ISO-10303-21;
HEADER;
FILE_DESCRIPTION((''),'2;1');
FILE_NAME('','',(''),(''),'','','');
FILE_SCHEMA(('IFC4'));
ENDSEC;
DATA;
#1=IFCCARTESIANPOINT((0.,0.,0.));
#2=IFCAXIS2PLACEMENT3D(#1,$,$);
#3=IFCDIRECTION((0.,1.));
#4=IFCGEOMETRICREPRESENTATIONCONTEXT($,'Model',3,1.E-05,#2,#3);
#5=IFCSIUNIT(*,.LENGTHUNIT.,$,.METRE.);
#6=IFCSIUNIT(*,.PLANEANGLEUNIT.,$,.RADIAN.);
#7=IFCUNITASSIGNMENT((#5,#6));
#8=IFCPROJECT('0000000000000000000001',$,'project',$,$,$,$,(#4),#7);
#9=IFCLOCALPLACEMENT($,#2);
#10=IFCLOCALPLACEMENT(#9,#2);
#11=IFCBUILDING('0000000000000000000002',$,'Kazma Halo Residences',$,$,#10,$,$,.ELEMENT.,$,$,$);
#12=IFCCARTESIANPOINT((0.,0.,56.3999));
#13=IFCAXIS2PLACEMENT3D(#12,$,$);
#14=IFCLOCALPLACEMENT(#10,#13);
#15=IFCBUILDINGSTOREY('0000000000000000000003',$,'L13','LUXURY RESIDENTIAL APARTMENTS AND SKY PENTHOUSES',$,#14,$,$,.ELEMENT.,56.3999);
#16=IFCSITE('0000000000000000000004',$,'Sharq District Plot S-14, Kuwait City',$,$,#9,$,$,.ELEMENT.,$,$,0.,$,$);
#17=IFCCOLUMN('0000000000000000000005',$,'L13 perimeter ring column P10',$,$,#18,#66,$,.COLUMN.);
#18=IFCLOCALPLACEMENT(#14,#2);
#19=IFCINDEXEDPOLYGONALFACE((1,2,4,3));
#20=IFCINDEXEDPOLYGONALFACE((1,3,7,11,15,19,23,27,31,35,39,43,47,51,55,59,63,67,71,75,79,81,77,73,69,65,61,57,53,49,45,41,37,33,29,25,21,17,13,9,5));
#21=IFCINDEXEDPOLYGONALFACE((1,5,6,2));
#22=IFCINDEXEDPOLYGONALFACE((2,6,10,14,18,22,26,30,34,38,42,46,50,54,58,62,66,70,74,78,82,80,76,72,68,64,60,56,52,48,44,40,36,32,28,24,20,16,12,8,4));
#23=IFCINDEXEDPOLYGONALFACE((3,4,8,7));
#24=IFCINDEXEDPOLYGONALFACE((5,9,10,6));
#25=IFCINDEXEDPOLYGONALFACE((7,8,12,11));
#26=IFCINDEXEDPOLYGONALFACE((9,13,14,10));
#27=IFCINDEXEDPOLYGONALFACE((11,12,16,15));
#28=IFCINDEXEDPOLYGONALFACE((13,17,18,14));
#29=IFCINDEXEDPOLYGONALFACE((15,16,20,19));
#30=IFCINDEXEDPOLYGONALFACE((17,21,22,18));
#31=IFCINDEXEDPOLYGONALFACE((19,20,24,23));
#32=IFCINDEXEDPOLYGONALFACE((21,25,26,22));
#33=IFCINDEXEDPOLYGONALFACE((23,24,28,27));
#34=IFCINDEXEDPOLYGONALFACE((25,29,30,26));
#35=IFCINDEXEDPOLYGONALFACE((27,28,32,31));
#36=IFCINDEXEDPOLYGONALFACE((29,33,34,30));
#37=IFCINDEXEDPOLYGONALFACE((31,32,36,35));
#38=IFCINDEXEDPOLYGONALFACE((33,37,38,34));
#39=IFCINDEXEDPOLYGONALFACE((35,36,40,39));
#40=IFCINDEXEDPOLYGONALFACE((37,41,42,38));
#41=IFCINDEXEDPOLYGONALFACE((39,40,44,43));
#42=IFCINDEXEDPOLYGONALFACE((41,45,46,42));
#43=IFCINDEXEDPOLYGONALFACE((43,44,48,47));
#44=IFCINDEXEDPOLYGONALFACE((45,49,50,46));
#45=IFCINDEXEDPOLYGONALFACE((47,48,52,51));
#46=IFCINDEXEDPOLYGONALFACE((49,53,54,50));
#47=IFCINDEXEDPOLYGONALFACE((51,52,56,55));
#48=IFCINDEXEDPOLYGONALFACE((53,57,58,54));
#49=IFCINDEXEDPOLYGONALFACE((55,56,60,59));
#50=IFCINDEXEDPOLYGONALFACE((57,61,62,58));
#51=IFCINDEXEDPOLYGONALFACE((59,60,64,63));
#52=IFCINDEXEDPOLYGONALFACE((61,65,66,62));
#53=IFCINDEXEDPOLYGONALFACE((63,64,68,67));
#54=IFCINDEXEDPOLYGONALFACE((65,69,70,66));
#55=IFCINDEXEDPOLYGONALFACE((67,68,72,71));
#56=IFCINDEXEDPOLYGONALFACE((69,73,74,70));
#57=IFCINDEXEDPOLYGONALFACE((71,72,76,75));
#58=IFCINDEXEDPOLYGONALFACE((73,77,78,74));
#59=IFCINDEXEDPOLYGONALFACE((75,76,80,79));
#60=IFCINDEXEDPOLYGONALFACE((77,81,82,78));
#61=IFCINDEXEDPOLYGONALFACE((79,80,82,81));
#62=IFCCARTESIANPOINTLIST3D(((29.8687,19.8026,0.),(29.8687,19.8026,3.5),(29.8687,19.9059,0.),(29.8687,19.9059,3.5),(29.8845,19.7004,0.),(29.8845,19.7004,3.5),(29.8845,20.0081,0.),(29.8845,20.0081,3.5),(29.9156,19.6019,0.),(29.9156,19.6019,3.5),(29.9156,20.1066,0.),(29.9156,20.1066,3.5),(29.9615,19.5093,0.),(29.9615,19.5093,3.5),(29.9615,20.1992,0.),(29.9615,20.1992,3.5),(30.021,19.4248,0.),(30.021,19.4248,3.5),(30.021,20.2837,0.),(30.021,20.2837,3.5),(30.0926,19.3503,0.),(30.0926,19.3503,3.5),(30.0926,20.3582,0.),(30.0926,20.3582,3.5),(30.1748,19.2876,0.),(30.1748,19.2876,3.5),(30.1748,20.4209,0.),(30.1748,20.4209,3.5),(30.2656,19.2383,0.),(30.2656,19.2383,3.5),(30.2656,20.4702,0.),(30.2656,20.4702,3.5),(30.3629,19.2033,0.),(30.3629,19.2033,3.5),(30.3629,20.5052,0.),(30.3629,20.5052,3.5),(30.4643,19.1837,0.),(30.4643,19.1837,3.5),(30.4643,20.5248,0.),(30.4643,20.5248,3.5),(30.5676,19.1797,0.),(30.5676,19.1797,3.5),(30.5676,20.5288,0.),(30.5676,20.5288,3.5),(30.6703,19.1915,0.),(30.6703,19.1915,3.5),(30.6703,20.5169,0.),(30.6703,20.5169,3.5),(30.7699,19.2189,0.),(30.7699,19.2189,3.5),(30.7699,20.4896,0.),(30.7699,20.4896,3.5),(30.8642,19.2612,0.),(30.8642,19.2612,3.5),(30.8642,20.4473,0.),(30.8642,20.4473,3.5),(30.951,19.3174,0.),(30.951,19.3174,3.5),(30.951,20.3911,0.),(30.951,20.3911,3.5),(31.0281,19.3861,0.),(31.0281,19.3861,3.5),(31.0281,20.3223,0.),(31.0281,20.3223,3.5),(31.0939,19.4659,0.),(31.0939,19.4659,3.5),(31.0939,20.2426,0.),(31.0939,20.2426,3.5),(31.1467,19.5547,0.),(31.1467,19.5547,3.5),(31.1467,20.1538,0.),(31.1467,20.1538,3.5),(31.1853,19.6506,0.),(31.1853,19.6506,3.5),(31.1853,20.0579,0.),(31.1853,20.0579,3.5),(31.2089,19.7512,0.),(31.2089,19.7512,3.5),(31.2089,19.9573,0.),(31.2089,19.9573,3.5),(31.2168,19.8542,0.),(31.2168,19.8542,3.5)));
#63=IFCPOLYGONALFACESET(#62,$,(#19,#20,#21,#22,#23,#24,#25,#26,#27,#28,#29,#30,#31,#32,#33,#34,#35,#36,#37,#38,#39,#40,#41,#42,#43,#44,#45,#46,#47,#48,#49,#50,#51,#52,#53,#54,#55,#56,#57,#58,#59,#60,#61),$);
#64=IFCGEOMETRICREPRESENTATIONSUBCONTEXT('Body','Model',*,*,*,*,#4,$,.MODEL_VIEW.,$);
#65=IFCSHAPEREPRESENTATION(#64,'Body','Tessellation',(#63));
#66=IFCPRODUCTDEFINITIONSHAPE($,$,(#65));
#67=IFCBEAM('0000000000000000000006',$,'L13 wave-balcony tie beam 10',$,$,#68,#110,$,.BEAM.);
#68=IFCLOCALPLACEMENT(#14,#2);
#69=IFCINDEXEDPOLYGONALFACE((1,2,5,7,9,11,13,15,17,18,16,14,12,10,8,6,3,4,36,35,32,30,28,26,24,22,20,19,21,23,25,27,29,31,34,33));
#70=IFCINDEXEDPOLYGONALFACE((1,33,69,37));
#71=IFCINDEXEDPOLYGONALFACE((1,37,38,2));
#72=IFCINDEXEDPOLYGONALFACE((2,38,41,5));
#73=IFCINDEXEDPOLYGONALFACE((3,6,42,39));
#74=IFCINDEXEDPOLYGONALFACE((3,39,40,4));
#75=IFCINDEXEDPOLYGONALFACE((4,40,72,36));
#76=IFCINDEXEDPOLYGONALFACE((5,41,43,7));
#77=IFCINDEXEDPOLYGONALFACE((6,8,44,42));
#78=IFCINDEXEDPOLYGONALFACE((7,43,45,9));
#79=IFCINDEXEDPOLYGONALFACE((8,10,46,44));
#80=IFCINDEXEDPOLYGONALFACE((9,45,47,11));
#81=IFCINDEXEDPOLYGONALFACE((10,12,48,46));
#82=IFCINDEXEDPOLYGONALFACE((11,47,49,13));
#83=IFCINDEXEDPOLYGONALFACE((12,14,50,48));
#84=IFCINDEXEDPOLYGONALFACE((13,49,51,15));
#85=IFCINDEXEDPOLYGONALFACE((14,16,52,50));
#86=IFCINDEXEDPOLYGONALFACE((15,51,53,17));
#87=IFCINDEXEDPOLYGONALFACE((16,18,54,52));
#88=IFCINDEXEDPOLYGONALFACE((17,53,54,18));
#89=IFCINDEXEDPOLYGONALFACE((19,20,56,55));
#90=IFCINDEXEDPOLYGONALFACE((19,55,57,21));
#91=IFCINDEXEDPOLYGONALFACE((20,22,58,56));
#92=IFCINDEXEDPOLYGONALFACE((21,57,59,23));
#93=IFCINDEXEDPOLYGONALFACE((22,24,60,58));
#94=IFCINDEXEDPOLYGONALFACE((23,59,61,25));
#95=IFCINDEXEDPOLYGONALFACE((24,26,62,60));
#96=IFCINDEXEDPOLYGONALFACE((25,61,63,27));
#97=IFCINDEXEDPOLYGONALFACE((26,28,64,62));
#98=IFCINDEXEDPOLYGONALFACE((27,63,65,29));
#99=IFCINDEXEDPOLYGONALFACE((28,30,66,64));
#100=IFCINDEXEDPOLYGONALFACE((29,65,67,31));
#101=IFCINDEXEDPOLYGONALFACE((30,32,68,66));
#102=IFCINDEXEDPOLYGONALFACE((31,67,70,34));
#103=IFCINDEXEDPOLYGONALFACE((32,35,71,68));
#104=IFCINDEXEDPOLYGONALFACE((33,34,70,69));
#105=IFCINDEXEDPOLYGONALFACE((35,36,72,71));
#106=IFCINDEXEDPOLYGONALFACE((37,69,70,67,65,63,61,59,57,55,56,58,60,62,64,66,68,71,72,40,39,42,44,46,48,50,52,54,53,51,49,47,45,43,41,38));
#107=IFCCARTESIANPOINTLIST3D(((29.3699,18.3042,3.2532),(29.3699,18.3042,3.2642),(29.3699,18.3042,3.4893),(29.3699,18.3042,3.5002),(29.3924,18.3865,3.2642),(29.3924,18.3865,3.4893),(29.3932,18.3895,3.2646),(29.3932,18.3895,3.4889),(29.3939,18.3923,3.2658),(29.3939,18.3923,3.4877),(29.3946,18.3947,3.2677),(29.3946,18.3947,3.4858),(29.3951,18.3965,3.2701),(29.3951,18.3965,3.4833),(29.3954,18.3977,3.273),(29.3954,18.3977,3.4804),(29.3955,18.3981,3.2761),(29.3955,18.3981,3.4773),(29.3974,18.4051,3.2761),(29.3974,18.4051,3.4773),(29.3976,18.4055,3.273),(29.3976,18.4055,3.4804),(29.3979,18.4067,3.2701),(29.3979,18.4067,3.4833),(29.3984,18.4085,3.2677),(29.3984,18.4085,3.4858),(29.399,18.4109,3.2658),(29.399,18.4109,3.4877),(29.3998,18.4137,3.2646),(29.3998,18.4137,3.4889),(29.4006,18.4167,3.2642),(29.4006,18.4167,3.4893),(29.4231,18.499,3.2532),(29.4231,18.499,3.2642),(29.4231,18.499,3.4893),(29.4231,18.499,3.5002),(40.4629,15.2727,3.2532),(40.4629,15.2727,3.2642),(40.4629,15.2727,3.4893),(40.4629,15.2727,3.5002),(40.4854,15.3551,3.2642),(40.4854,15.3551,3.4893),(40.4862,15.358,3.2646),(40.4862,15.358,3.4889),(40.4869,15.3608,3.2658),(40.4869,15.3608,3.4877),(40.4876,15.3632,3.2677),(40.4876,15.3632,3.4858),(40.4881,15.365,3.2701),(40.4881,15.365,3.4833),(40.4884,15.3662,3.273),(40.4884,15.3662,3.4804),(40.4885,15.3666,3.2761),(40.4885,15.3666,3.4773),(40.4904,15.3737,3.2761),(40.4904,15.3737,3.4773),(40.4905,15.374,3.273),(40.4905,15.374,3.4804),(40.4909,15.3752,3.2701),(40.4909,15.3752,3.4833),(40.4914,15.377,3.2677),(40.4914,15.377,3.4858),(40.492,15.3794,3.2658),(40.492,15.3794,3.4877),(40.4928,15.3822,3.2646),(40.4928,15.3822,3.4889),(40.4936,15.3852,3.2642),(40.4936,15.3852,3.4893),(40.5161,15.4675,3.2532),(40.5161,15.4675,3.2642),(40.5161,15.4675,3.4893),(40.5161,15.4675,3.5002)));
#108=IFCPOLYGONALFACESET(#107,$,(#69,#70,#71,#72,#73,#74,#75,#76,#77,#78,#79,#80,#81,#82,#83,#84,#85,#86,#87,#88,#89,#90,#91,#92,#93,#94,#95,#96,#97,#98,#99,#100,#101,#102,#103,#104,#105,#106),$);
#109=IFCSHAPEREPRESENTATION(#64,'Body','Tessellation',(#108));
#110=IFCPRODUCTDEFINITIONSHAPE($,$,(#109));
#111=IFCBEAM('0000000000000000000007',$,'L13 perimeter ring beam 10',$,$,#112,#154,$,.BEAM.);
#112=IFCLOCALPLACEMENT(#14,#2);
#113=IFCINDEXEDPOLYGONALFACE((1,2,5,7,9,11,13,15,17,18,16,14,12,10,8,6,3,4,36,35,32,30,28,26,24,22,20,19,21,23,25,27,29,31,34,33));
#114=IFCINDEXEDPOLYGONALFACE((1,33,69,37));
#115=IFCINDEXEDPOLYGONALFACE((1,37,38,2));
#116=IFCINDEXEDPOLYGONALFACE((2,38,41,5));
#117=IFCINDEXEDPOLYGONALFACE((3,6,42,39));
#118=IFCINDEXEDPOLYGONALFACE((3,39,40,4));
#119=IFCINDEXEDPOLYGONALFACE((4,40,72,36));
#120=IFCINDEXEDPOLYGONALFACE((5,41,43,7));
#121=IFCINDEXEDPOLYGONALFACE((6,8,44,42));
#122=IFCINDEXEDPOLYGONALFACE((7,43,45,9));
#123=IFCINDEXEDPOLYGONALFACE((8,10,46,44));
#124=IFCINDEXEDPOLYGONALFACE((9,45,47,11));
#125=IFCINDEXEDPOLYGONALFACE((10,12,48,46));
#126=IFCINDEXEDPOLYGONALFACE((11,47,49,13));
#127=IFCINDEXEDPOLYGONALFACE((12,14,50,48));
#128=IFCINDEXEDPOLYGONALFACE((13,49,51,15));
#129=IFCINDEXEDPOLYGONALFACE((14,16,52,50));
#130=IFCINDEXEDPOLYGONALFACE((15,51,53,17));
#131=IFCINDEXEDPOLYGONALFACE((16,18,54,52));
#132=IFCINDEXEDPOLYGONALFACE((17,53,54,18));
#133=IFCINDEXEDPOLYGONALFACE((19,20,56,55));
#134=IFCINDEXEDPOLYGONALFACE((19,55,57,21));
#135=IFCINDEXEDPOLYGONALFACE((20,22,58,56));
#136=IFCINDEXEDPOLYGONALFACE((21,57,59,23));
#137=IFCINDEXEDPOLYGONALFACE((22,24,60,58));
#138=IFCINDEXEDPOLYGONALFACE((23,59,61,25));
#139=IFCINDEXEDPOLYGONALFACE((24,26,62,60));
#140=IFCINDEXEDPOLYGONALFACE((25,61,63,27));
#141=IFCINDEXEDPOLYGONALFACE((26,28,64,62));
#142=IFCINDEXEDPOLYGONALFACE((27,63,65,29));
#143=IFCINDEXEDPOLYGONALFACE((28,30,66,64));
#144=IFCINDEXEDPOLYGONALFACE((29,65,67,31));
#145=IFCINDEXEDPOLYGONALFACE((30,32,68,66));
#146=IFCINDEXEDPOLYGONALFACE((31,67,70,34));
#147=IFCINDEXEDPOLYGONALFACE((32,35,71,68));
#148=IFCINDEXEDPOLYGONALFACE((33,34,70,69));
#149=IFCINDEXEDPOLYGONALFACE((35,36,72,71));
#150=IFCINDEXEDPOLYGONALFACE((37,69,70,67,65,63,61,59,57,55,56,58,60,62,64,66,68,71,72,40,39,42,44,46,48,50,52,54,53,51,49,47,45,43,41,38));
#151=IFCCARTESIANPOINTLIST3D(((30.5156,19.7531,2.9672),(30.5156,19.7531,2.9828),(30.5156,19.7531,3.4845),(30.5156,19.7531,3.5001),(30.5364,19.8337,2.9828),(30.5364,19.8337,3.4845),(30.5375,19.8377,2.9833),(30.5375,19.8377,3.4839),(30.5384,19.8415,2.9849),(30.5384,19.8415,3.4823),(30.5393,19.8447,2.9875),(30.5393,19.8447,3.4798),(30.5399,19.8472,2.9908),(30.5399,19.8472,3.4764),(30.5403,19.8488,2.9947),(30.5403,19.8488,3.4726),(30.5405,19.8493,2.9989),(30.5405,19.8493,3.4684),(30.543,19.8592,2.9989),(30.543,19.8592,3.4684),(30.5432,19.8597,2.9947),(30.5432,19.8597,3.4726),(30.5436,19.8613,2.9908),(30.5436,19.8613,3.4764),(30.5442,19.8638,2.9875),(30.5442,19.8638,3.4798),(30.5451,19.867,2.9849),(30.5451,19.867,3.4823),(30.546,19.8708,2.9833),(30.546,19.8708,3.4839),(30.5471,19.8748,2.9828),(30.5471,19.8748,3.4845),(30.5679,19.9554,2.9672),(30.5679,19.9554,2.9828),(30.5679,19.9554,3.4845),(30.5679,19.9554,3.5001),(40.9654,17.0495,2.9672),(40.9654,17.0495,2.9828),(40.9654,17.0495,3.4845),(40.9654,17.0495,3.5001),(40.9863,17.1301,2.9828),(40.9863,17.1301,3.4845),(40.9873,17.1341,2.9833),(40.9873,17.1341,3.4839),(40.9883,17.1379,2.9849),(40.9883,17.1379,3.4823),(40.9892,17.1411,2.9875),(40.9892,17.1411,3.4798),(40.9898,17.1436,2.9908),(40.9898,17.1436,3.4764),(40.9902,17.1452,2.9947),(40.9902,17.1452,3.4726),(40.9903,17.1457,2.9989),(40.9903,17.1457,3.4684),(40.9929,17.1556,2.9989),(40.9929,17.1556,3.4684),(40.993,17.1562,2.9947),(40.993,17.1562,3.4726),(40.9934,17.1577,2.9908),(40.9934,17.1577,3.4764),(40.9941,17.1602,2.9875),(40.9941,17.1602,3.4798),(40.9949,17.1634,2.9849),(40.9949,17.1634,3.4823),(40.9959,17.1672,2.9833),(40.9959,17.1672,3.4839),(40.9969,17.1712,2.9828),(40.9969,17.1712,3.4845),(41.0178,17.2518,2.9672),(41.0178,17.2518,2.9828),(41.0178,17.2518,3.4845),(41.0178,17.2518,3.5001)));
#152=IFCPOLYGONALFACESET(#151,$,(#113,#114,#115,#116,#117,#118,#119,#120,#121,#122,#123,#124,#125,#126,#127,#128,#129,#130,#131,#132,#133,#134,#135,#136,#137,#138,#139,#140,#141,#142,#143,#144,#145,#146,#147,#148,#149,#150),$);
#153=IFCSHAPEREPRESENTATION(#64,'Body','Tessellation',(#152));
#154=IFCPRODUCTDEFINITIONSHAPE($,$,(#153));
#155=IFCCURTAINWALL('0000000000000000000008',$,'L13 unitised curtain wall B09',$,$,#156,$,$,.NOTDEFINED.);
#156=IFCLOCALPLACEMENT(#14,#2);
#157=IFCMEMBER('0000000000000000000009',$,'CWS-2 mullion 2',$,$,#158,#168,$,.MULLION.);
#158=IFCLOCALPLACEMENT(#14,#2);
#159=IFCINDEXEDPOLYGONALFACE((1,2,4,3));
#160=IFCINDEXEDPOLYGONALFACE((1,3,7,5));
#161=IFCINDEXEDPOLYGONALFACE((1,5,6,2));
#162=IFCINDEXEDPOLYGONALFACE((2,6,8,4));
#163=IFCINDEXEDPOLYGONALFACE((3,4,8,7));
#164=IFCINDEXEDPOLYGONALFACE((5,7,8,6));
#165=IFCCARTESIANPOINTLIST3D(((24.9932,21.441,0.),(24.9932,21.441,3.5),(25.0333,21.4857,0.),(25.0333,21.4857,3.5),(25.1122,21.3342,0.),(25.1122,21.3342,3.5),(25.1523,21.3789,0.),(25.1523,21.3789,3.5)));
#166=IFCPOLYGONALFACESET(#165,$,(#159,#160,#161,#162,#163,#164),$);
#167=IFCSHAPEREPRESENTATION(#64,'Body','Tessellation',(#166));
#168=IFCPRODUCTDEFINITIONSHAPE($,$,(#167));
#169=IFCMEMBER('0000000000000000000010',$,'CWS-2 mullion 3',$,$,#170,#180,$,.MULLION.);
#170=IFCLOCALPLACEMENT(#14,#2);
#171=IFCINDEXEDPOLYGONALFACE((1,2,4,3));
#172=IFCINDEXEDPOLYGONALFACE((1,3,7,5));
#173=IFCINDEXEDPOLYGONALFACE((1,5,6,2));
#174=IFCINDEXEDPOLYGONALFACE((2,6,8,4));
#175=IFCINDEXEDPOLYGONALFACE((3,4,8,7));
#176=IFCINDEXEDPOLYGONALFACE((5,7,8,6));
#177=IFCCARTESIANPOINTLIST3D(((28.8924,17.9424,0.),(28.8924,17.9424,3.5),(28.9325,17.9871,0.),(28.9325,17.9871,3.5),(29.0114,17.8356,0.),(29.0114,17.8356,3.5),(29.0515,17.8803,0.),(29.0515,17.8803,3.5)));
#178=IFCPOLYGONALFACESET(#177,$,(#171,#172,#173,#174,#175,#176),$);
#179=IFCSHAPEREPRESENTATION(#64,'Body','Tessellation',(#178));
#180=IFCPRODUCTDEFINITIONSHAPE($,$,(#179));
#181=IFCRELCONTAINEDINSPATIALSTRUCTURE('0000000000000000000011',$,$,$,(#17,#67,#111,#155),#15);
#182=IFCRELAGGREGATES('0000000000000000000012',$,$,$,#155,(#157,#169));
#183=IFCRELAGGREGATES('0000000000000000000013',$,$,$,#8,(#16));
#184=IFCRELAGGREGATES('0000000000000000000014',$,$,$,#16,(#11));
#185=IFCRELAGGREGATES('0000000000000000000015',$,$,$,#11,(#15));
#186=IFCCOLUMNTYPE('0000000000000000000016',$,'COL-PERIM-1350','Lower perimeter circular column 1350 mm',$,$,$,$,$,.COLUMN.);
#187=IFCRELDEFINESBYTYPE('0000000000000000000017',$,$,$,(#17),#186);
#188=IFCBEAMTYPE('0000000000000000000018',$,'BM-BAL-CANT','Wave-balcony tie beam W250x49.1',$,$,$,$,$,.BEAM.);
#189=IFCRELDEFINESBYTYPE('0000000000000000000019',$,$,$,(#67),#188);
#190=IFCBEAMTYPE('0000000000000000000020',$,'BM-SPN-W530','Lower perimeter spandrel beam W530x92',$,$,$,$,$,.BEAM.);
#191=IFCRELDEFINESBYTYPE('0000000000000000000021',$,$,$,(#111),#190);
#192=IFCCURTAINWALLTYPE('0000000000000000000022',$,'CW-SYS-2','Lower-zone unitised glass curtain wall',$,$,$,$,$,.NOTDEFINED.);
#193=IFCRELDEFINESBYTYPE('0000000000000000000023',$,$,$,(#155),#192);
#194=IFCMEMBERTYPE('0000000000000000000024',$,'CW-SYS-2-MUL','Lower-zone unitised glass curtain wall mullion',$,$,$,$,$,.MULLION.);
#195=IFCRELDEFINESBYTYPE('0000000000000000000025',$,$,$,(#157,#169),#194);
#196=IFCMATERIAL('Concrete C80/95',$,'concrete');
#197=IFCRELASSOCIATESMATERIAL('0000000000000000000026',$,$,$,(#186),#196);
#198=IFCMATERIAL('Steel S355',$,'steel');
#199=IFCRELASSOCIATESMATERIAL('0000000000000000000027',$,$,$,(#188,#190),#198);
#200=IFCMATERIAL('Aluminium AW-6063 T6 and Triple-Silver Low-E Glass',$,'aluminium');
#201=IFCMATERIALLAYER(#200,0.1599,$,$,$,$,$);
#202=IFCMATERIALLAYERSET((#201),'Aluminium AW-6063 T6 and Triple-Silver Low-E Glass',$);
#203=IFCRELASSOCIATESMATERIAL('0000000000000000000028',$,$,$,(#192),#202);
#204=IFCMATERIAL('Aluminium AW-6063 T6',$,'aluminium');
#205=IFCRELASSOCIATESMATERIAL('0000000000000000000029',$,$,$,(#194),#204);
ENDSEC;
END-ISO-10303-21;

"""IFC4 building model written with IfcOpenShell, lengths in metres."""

from ifc_helpers import new_model, si_unit, direction, frame, origin, origin_2d, place, context, subcontext, project, spatial, rectangle, circle, i_section, extrude, material, layer, layer_set, material_profile, profile_set, type_object, element, aggregate, save


model = new_model("IFC4")

# Units and contexts
model_context = context("Model", 3, precision=1e-05, world=origin(), true_north=direction((0.0, 1.0)))
body_context = subcontext(model_context, "Body", "Model", "MODEL_VIEW")
ifc_project = project(units=[si_unit("LENGTHUNIT", "METRE"), si_unit("PLANEANGLEUNIT", "RADIAN")], contexts=[model_context])

# Site, building, storey
site_placement = place(None, origin())
site = spatial("IfcSite", under=ifc_project, at=site_placement, Name="Sharq District Plot S-14, Kuwait City", CompositionType="ELEMENT", RefElevation=0.0)
building_placement = place(site_placement, origin())
building = spatial("IfcBuilding", under=site, at=building_placement, Name="Kazma Halo Residences", CompositionType="ELEMENT")
storey_placement = place(building_placement, frame((0.0, 0.0, 56.3999)))
storey = spatial("IfcBuildingStorey", under=building, at=storey_placement, Name="L13", Description="LUXURY RESIDENTIAL APARTMENTS AND SKY PENTHOUSES", CompositionType="ELEMENT", Elevation=56.3999)

# Column
ifc_material_1 = material(Name="Concrete C80/95", Category="concrete")
ifc_material_profile_1 = material_profile(ifc_material_1, circle(Radius=0.675, at=origin_2d()), Name="CIRC1350")
ifc_profile_set_1 = profile_set([ifc_material_profile_1], Name="Concrete C80/95")
column_type = type_object("IfcColumnType", Name="COL-PERIM-1350", Description="Lower perimeter circular column 1350 mm", PredefinedType="COLUMN", material=ifc_profile_set_1)
column_placement = place(storey_placement, frame((30.5417, 19.8542, 0.0), z_axis=(0.0, 0.0, 1.0), x_axis=(1.0, 0.0, 0.0)))
element("IfcColumn", 1, at=column_placement, inside=storey, type_object=column_type, Name="L13 perimeter ring column P10", PredefinedType="COLUMN", context=body_context, shape_type="SweptSolid", body=[
    extrude(circle(Radius=0.675, at=origin_2d()), origin(), (0.0, 0.0, 1.0), 3.5),
])

# Beams
ifc_material_2 = material(Name="Steel S355", Category="steel")
ifc_material_profile_2 = material_profile(ifc_material_2, i_section(OverallWidth=0.2019, OverallDepth=0.2471, WebThickness=0.0073, FlangeThickness=0.011, FilletRadius=0.012, at=origin_2d()), Name="W250x49.1")
ifc_profile_set_2 = profile_set([ifc_material_profile_2], Name="Steel S355")
beam_type_1 = type_object("IfcBeamType", Name="BM-BAL-CANT", Description="Wave-balcony tie beam W250x49.1", PredefinedType="BEAM", material=ifc_profile_set_2)
beam_1_placement = place(storey_placement, frame((29.3965, 18.4016, 3.3767), z_axis=(0.964628, -0.263613, 0.0), x_axis=(0.263613, 0.964628, 0.0)))
element("IfcBeam", 2, at=beam_1_placement, inside=storey, type_object=beam_type_1, Name="L13 wave-balcony tie beam 10", PredefinedType="BEAM", context=body_context, shape_type="SweptSolid", body=[
    extrude(i_section(OverallWidth=0.2019, OverallDepth=0.2471, WebThickness=0.0073, FlangeThickness=0.011, FilletRadius=0.012, at=origin_2d()), origin(), (0.0, 0.0, 1.0), 11.4998),
])
ifc_material_profile_3 = material_profile(ifc_material_2, i_section(OverallWidth=0.209, OverallDepth=0.533, WebThickness=0.0103, FlangeThickness=0.0156, FilletRadius=0.0161, at=origin_2d()), Name="W530x92")
ifc_profile_set_3 = profile_set([ifc_material_profile_3], Name="Steel S355")
beam_type_2 = type_object("IfcBeamType", Name="BM-SPN-W530", Description="Lower perimeter spandrel beam W530x92", PredefinedType="BEAM", material=ifc_profile_set_3)
beam_2_placement = place(storey_placement, frame((30.5417, 19.8542, 3.2336), z_axis=(0.968124, -0.250473, 0.0), x_axis=(0.250473, 0.968124, 0.0)))
element("IfcBeam", 3, at=beam_2_placement, inside=storey, type_object=beam_type_2, Name="L13 perimeter ring beam 10", PredefinedType="BEAM", context=body_context, shape_type="SweptSolid", body=[
    extrude(i_section(OverallWidth=0.209, OverallDepth=0.533, WebThickness=0.0103, FlangeThickness=0.0156, FilletRadius=0.0161, at=origin_2d()), origin(), (0.0, 0.0, 1.0), 10.7939),
])

# Curtain wall, members
ifc_material_3 = material(Name="Aluminium AW-6063 T6 and Triple-Silver Low-E Glass", Category="aluminium")
ifc_layer_1 = layer(ifc_material_3, 0.1599)
ifc_layer_set_1 = layer_set([ifc_layer_1], Name="Aluminium AW-6063 T6 and Triple-Silver Low-E Glass")
curtain_wall_type = type_object("IfcCurtainWallType", Name="CW-SYS-2", Description="Lower-zone unitised glass curtain wall", PredefinedType="NOTDEFINED", material=ifc_layer_set_1)
curtain_wall_placement = place(storey_placement, origin())
curtain_wall = element("IfcCurtainWall", 4, at=curtain_wall_placement, inside=storey, type_object=curtain_wall_type, Name="L13 unitised curtain wall B09", PredefinedType="NOTDEFINED")
ifc_material_4 = material(Name="Aluminium AW-6063 T6", Category="aluminium")
ifc_material_profile_4 = material_profile(ifc_material_4, rectangle(XDim=0.0601, YDim=0.1599, at=origin_2d()), Name="CWM-60x160")
ifc_profile_set_4 = profile_set([ifc_material_profile_4], Name="Aluminium AW-6063 T6")
member_type_1 = type_object("IfcMemberType", Name="CW-SYS-2-MUL", Description="Lower-zone unitised glass curtain wall mullion", PredefinedType="MULLION", material=ifc_profile_set_4)
member_1_placement = place(storey_placement, frame((25.0728, 21.4099, 0.0), z_axis=(0.0, 0.0, 1.0), x_axis=(0.667821, 0.744322, 0.0)))
member_1 = element("IfcMember", 5, at=member_1_placement, type_object=member_type_1, Name="CWS-2 mullion 2", PredefinedType="MULLION", context=body_context, shape_type="SweptSolid", body=[
    extrude(rectangle(XDim=0.0601, YDim=0.1599, at=origin_2d()), origin(), (0.0, 0.0, 1.0), 3.5),
])
member_2_placement = place(storey_placement, frame((28.9719, 17.9114, 0.0), z_axis=(0.0, 0.0, 1.0), x_axis=(0.667821, 0.744322, 0.0)))
member_2 = element("IfcMember", 6, at=member_2_placement, type_object=member_type_1, Name="CWS-2 mullion 3", PredefinedType="MULLION", context=body_context, shape_type="SweptSolid", body=[
    extrude(rectangle(XDim=0.0601, YDim=0.1599, at=origin_2d()), origin(), (0.0, 0.0, 1.0), 3.5),
])
aggregate(curtain_wall, [member_1, member_2])

save(model, "model.ifc")
